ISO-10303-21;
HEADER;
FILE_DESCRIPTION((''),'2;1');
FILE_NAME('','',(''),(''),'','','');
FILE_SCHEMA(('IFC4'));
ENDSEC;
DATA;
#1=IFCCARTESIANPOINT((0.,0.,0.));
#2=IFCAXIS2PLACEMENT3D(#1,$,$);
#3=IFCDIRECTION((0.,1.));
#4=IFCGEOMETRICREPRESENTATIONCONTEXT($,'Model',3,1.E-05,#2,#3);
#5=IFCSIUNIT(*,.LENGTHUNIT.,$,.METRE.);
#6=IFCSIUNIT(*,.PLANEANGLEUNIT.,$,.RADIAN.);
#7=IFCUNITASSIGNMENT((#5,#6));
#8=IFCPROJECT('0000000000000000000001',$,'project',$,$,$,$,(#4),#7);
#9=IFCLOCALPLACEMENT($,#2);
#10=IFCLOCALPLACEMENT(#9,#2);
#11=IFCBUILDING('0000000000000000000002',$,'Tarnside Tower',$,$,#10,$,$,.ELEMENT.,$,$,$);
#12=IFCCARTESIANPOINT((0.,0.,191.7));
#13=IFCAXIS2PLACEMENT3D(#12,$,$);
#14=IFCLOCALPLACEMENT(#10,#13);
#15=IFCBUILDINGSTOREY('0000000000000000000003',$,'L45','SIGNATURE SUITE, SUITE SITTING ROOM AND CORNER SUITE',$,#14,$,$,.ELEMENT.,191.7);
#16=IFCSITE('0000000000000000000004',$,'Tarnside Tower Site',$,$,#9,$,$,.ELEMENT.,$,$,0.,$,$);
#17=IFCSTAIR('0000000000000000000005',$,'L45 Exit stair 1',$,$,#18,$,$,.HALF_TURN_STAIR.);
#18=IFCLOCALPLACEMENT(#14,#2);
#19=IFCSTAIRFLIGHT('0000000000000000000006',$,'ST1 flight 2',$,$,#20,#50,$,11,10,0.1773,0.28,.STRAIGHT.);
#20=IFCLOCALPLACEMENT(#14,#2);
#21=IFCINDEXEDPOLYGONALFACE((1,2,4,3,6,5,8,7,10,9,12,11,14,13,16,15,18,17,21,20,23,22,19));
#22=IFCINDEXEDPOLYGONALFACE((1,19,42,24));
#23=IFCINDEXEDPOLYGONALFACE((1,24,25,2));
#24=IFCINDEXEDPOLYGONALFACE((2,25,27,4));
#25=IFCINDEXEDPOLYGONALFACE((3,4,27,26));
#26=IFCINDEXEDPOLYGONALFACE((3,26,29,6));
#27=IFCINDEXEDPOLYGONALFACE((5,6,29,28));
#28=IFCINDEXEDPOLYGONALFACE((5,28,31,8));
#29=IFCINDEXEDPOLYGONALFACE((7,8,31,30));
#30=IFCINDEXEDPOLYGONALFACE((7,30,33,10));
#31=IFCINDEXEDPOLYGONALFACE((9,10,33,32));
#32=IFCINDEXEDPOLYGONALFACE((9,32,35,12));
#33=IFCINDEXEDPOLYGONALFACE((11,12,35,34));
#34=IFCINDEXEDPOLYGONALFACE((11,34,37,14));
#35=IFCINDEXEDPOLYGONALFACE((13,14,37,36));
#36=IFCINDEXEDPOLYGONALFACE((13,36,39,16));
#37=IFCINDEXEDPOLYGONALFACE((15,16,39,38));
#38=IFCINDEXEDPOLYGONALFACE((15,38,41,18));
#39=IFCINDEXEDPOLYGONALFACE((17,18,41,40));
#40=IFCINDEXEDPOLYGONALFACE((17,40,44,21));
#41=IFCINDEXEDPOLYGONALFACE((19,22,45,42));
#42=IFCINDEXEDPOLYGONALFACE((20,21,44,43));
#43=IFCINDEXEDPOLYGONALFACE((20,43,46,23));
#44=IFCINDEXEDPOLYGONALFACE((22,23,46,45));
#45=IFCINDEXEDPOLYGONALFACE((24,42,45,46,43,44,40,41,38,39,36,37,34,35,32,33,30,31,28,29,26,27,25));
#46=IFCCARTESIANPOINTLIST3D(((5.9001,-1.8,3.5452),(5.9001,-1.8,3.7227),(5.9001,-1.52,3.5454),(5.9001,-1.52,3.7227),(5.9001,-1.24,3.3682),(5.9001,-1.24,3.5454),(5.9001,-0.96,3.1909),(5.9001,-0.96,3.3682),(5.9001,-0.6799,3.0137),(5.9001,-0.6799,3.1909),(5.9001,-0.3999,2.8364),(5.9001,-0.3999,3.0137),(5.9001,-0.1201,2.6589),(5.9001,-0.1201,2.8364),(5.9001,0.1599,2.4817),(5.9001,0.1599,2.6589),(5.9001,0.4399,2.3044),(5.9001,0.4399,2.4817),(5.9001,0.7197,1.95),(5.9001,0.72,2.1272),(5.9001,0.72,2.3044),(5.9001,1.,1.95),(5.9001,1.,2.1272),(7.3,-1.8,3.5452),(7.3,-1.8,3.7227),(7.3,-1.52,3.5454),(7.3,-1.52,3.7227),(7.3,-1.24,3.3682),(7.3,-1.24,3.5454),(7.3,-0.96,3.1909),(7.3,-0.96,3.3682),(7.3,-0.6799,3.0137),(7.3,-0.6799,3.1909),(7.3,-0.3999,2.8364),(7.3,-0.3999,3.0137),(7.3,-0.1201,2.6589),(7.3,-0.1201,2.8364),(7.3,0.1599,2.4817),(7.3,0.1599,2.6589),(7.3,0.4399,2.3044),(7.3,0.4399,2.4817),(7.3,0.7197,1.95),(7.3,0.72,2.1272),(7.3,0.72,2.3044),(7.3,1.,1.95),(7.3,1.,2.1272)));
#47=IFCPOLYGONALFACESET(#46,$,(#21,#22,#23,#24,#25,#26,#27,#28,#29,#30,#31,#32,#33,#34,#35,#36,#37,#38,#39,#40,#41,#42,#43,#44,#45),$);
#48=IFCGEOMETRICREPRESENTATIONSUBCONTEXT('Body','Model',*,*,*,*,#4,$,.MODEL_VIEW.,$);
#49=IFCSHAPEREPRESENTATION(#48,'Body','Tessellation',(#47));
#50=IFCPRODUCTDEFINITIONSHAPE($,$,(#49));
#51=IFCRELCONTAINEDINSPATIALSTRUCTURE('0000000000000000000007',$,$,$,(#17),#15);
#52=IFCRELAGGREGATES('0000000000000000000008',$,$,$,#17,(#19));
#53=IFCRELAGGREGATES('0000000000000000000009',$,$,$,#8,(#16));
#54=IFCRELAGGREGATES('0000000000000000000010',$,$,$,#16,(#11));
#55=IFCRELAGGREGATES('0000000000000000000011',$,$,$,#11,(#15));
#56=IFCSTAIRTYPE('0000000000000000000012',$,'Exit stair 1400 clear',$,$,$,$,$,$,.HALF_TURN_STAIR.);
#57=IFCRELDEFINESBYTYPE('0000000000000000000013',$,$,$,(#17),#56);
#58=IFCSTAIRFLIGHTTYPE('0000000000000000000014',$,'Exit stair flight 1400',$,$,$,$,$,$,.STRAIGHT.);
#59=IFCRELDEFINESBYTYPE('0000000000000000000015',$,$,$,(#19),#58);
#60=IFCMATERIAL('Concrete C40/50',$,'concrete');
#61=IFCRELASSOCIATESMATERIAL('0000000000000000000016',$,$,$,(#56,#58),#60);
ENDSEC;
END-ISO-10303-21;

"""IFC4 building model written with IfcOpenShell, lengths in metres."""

from ifc_helpers import new_model, si_unit, direction, frame, origin, place, context, subcontext, project, spatial, polyline, outline, extrude, material, type_object, element, aggregate, save


model = new_model("IFC4")

# Units and contexts
model_context = context("Model", 3, precision=1e-05, world=origin(), true_north=direction((0.0, 1.0)))
body_context = subcontext(model_context, "Body", "Model", "MODEL_VIEW")
ifc_project = project(units=[si_unit("LENGTHUNIT", "METRE"), si_unit("PLANEANGLEUNIT", "RADIAN")], contexts=[model_context])

# Site, building, storey
site_placement = place(None, origin())
site = spatial("IfcSite", under=ifc_project, at=site_placement, Name="Tarnside Tower Site", CompositionType="ELEMENT", RefElevation=0.0)
building_placement = place(site_placement, origin())
building = spatial("IfcBuilding", under=site, at=building_placement, Name="Tarnside Tower", CompositionType="ELEMENT")
storey_placement = place(building_placement, frame((0.0, 0.0, 191.7)))
storey = spatial("IfcBuildingStorey", under=building, at=storey_placement, Name="L45", Description="SIGNATURE SUITE, SUITE SITTING ROOM AND CORNER SUITE", CompositionType="ELEMENT", Elevation=191.7)

# Shared definitions
ifc_material_1 = material(Name="Concrete C40/50", Category="concrete")

# Stair, stair flight
stair_type = type_object("IfcStairType", Name="Exit stair 1400 clear", PredefinedType="HALF_TURN_STAIR", material=ifc_material_1)
stair_placement = place(storey_placement, origin())
stair = element("IfcStair", 1, at=stair_placement, inside=storey, type_object=stair_type, Name="L45 Exit stair 1", PredefinedType="HALF_TURN_STAIR")
stair_flight_type = type_object("IfcStairFlightType", Name="Exit stair flight 1400", PredefinedType="STRAIGHT", material=ifc_material_1)
stair_flight_placement = place(storey_placement, frame((6.6001, 1.0, 1.95), z_axis=(0.0, 0.0, 1.0), x_axis=(0.0, -1.0, 0.0)))
stair_flight = element("IfcStairFlight", 2, at=stair_flight_placement, type_object=stair_flight_type, Name="ST1 flight 2", NumberOfRisers=11, NumberOfTreads=10, PredefinedType="STRAIGHT", RiserHeight=0.1773, TreadLength=0.28, context=body_context, shape_type="SweptSolid", body=[
    extrude(outline(polyline([(0.0, 0.0), (0.0, 0.1772), (0.28, 0.1772), (0.28, 0.3545), (0.5601, 0.3545), (0.5601, 0.5317), (0.8401, 0.5317), (0.8401, 0.709), (1.1201, 0.709), (1.1201, 0.8865), (1.3999, 0.8865), (1.3999, 1.0637), (1.6799, 1.0637), (1.6799, 1.241), (1.96, 1.241), (1.96, 1.4182), (2.24, 1.4182), (2.24, 1.5955), (2.52, 1.5955), (2.52, 1.7727), (2.8, 1.7727), (2.8, 1.95), (2.8, 1.5952), (0.2803, 0.0), (0.0, 0.0)])), frame((0.0, 0.7, 0.0), z_axis=(0.0, -1.0, 0.0), x_axis=(1.0, 0.0, 0.0)), (0.0, 0.0, 1.0), 1.3999),
])
aggregate(stair, [stair_flight])

save(model, "model.ifc")
